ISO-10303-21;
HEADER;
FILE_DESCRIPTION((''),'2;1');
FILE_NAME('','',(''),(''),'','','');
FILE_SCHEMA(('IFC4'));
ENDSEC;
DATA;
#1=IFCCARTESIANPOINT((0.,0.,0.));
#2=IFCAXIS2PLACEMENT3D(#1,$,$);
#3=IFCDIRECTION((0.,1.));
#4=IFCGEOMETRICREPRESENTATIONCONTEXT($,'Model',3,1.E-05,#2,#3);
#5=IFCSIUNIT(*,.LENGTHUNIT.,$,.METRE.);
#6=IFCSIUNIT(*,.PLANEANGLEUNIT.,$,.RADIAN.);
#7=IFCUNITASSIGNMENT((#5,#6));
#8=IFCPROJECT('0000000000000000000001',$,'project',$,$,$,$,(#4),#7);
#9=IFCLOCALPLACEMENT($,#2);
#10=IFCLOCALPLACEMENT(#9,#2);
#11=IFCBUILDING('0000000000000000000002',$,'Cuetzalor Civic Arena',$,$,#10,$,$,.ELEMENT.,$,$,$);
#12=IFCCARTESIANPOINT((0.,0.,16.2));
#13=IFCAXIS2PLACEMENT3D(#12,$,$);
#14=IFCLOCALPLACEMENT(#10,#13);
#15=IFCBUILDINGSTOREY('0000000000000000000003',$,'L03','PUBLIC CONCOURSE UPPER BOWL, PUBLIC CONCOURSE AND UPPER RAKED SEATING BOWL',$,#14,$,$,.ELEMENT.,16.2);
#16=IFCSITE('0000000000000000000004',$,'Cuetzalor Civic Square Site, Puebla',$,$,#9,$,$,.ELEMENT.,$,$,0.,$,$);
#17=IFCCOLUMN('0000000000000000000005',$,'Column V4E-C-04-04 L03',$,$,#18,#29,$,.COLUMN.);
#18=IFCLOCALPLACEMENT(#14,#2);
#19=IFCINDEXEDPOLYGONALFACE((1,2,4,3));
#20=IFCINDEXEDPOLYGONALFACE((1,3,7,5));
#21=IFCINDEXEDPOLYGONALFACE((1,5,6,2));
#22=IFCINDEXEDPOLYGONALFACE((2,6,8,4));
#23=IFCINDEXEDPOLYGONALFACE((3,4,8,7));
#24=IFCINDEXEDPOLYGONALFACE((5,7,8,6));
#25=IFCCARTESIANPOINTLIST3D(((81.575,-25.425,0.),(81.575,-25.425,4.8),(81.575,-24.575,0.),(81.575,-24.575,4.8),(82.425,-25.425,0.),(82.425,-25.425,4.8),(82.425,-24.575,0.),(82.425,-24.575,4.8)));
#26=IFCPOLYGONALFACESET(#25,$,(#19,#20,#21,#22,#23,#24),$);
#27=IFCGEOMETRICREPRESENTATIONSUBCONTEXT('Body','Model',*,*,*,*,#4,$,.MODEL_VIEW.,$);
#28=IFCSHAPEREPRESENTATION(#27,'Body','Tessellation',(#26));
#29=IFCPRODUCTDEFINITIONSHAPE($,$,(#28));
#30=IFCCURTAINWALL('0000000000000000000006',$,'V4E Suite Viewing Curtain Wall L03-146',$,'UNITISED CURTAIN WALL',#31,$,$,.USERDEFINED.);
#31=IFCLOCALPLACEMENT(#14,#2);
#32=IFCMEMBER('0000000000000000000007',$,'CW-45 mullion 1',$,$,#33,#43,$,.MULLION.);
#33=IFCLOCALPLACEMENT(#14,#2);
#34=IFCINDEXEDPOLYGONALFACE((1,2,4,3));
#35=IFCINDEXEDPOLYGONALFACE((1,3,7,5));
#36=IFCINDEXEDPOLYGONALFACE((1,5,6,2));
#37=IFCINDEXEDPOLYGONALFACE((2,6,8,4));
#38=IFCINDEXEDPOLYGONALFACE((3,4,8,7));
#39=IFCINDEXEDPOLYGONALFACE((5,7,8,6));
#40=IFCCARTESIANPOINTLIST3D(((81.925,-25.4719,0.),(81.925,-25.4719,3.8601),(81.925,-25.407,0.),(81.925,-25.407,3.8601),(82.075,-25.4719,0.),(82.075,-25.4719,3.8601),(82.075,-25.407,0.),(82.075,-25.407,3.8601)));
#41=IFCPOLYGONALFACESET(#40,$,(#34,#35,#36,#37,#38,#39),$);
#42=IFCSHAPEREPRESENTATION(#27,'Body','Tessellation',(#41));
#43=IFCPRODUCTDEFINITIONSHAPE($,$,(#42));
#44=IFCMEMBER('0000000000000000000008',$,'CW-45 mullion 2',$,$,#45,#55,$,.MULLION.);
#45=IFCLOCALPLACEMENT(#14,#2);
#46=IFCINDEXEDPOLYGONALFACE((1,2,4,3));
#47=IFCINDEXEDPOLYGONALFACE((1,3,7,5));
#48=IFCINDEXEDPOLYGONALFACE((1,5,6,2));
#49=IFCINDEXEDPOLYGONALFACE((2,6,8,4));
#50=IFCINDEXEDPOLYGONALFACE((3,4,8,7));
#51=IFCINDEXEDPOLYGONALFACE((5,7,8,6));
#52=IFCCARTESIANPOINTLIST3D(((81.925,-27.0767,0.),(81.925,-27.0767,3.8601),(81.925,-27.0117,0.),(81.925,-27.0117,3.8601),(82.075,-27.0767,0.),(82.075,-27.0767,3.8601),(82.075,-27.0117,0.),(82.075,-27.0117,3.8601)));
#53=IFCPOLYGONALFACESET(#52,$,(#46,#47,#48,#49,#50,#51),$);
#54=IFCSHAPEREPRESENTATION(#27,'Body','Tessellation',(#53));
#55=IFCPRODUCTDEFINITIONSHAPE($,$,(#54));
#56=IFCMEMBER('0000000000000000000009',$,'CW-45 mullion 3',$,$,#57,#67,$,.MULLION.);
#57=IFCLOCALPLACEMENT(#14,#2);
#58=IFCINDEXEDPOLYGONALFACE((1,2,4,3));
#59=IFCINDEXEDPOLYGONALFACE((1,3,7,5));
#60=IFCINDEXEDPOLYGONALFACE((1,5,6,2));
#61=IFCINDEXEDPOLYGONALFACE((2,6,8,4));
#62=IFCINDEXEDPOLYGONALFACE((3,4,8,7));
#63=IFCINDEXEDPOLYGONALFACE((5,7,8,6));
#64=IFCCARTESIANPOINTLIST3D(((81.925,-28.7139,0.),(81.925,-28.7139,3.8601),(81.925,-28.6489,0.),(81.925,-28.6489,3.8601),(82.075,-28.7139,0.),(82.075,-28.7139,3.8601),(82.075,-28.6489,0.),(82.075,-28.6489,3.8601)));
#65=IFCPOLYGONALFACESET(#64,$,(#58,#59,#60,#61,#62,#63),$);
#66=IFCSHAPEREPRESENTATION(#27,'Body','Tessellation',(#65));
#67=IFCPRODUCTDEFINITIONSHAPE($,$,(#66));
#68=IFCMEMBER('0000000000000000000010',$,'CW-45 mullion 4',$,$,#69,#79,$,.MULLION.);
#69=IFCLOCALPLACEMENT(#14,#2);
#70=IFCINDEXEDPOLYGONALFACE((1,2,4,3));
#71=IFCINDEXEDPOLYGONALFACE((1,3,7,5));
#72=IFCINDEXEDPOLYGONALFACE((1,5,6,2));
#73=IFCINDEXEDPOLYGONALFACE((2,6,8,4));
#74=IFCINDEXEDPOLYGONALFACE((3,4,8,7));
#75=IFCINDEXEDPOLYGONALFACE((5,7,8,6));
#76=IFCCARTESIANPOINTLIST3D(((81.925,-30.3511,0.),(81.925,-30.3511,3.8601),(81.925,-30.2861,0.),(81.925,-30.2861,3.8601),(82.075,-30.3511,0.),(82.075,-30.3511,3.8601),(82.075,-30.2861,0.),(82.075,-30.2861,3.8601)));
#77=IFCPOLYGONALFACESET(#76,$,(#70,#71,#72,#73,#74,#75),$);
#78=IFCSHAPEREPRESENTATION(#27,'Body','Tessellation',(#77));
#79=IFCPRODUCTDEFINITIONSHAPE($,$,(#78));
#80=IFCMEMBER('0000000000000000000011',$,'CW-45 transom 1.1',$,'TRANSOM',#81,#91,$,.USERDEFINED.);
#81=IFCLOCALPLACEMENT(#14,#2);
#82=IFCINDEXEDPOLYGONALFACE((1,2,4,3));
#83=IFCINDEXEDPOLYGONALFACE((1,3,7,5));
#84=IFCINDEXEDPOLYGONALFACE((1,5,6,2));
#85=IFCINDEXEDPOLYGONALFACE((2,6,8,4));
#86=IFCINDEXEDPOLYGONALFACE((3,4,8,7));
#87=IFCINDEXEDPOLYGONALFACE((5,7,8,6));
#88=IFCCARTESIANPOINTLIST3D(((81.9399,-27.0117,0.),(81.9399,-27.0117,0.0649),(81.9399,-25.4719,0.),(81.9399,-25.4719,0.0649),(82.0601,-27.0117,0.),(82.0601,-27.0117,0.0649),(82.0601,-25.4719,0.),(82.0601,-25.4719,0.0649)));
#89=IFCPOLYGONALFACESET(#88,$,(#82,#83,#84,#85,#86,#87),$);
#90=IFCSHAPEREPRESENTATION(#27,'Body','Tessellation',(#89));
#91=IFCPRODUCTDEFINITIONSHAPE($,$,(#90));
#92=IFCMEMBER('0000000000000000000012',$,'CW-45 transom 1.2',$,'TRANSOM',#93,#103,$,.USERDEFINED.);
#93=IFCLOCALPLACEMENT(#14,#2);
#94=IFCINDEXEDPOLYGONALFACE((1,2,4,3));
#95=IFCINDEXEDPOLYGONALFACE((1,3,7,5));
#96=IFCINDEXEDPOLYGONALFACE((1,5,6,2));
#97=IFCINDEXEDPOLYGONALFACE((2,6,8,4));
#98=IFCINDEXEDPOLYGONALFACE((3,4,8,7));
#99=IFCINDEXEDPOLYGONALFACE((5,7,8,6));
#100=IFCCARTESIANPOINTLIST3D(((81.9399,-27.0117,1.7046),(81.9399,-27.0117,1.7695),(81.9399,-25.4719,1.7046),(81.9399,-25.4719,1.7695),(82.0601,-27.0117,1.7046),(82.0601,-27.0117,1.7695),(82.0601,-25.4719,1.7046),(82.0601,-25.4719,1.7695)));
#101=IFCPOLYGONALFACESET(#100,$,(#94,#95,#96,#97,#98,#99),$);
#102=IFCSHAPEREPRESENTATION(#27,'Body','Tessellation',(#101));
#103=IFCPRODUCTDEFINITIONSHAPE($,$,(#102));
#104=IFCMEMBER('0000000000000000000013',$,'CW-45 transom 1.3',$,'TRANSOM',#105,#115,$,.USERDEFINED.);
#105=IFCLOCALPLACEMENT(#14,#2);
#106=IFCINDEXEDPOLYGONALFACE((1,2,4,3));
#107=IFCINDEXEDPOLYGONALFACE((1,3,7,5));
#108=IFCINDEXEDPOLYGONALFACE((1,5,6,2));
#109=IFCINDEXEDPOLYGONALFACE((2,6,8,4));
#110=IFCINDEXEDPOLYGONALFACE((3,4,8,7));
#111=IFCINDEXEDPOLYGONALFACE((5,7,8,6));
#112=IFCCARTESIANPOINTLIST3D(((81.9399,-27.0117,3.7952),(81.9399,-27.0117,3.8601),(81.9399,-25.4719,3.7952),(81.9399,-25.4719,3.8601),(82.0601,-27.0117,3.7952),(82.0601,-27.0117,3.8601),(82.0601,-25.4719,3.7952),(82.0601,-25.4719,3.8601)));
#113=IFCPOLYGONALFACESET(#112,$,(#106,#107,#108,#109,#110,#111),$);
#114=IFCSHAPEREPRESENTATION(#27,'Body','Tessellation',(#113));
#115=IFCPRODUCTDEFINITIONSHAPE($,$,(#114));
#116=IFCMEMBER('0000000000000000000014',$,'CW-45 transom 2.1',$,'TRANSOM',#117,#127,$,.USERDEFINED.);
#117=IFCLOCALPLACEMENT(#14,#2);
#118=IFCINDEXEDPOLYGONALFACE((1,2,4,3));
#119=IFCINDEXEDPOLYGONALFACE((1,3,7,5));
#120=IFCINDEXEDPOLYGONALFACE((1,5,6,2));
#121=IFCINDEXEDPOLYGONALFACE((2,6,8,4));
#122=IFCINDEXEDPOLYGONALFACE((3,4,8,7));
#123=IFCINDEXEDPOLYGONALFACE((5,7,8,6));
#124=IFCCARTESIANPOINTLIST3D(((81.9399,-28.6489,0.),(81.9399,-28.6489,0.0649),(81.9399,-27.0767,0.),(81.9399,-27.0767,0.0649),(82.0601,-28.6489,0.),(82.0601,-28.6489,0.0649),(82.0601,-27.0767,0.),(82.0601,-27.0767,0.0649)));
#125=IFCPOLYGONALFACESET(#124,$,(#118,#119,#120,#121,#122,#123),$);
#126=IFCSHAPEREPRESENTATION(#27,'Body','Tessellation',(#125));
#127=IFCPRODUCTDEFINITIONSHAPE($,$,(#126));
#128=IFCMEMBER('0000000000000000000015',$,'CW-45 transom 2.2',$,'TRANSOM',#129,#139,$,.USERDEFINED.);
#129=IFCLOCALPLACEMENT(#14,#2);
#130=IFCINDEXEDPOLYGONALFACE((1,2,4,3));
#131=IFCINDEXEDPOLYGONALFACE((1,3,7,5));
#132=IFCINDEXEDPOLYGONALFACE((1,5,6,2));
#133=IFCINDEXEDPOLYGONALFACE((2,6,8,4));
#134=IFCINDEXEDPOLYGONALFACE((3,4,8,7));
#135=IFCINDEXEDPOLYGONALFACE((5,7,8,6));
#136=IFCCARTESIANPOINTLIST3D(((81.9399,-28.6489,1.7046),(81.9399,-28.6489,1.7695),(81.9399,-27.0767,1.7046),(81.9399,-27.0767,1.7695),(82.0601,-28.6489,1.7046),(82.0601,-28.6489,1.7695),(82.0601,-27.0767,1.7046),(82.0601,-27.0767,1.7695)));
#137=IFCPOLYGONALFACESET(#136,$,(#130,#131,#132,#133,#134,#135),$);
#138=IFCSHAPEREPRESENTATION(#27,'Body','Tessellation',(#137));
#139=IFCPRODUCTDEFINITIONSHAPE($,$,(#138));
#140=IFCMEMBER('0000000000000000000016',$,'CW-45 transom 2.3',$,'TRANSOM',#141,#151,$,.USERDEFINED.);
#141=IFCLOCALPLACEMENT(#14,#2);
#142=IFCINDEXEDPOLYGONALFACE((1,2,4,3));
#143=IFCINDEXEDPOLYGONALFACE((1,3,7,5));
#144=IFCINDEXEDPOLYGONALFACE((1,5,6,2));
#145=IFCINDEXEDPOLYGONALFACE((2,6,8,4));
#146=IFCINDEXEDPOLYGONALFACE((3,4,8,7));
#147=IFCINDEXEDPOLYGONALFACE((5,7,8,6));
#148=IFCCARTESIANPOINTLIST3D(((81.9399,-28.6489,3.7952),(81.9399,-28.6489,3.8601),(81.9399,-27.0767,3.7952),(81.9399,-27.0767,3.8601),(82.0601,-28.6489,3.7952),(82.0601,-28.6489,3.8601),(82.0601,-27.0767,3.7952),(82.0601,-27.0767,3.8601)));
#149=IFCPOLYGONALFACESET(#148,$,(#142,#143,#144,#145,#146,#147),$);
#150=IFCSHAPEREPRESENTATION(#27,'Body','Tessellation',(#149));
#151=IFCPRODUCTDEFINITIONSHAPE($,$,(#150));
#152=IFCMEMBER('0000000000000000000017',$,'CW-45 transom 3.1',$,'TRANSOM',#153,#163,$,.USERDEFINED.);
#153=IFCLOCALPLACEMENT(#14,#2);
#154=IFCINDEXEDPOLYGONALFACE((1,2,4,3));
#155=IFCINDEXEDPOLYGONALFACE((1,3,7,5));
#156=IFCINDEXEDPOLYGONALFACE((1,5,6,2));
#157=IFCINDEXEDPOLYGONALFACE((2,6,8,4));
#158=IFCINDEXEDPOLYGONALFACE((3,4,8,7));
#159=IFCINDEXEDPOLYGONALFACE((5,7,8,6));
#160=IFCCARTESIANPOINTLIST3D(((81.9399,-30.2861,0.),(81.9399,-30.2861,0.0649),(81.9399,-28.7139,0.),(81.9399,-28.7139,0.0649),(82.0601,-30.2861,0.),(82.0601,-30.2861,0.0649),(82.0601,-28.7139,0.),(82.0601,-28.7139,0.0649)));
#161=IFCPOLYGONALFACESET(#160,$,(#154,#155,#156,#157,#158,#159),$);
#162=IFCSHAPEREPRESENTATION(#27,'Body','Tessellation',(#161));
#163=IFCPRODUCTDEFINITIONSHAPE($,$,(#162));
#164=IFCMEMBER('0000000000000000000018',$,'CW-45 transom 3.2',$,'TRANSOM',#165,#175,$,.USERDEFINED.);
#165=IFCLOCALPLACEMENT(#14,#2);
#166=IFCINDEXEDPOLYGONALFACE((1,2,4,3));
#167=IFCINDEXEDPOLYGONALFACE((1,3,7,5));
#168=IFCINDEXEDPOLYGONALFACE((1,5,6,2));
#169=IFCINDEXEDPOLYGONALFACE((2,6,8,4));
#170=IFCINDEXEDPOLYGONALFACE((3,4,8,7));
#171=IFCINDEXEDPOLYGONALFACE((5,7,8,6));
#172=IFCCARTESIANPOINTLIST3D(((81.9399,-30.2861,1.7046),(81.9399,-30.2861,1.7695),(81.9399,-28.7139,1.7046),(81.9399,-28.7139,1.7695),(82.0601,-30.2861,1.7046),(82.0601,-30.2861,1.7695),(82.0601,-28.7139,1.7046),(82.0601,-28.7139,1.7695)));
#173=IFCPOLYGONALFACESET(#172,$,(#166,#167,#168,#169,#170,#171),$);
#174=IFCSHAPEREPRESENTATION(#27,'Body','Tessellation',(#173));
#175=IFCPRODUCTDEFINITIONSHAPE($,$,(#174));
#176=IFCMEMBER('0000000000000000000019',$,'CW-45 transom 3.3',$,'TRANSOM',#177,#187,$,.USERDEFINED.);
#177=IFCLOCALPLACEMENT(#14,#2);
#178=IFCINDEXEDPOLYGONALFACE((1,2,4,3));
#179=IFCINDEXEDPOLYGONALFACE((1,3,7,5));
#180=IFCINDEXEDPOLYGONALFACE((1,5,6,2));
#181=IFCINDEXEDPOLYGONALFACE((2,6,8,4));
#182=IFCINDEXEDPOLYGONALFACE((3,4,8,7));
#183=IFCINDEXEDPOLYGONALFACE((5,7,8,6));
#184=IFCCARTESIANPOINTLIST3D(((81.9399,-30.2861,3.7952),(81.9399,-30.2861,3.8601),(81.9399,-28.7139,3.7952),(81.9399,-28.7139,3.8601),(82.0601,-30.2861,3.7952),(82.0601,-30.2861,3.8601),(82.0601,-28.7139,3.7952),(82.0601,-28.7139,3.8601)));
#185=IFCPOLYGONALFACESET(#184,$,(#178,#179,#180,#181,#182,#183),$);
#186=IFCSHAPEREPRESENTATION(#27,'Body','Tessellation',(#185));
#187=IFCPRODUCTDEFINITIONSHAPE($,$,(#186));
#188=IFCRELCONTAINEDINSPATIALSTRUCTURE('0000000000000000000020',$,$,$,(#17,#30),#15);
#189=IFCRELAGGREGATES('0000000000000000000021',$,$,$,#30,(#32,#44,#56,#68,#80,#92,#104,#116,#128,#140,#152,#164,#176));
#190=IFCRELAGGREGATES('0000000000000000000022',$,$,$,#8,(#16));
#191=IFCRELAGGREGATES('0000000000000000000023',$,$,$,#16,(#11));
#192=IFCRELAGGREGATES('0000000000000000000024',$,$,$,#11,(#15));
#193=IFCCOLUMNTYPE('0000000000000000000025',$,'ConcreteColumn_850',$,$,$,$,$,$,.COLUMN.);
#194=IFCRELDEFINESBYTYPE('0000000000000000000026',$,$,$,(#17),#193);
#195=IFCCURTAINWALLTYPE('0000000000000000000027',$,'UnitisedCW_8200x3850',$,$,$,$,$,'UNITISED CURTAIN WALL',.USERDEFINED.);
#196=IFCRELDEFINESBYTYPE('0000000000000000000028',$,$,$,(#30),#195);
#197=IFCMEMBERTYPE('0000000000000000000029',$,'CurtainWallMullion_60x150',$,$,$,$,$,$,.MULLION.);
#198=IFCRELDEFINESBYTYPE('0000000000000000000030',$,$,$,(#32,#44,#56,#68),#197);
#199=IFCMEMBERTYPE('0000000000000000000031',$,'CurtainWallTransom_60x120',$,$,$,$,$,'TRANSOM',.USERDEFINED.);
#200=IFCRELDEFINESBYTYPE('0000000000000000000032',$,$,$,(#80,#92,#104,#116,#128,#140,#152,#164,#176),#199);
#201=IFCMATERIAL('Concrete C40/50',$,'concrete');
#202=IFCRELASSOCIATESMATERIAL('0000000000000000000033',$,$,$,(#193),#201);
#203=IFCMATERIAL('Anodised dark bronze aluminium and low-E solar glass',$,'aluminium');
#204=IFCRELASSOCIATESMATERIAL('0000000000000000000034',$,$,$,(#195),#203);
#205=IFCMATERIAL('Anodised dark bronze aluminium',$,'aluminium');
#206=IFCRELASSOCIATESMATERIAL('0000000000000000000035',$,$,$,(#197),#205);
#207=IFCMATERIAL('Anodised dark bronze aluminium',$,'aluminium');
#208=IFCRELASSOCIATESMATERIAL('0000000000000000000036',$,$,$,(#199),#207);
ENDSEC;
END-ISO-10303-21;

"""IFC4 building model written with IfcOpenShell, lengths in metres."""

from ifc_helpers import new_model, si_unit, direction, frame, origin, origin_2d, place, context, subcontext, project, spatial, rectangle, extrude, material, material_profile, profile_set, type_object, element, aggregate, save


model = new_model("IFC4")

# Units and contexts
model_context = context("Model", 3, precision=1e-05, world=origin(), true_north=direction((0.0, 1.0)))
body_context = subcontext(model_context, "Body", "Model", "MODEL_VIEW")
ifc_project = project(units=[si_unit("LENGTHUNIT", "METRE"), si_unit("PLANEANGLEUNIT", "RADIAN")], contexts=[model_context])

# Site, building, storey
site_placement = place(None, origin())
site = spatial("IfcSite", under=ifc_project, at=site_placement, Name="Cuetzalor Civic Square Site, Puebla", CompositionType="ELEMENT", RefElevation=0.0)
building_placement = place(site_placement, origin())
building = spatial("IfcBuilding", under=site, at=building_placement, Name="Cuetzalor Civic Arena", CompositionType="ELEMENT")
storey_placement = place(building_placement, frame((0.0, 0.0, 16.2)))
storey = spatial("IfcBuildingStorey", under=building, at=storey_placement, Name="L03", Description="PUBLIC CONCOURSE UPPER BOWL, PUBLIC CONCOURSE AND UPPER RAKED SEATING BOWL", CompositionType="ELEMENT", Elevation=16.2)

# Column
ifc_material_1 = material(Name="Concrete C40/50", Category="concrete")
ifc_material_profile_1 = material_profile(ifc_material_1, rectangle(XDim=0.8501, YDim=0.8501, at=origin_2d()), Name="RC 850x850")
ifc_profile_set_1 = profile_set([ifc_material_profile_1], Name="Concrete C40/50")
column_type = type_object("IfcColumnType", Name="ConcreteColumn_850", PredefinedType="COLUMN", material=ifc_profile_set_1)
column_placement = place(storey_placement, frame((82.0, -25.0, 0.0), z_axis=(0.0, 0.0, 1.0), x_axis=(1.0, 0.0, 0.0)))
element("IfcColumn", 1, at=column_placement, inside=storey, type_object=column_type, Name="Column V4E-C-04-04 L03", PredefinedType="COLUMN", context=body_context, shape_type="SweptSolid", body=[
    extrude(rectangle(XDim=0.8501, YDim=0.8501, at=origin_2d()), origin(), (0.0, 0.0, 1.0), 4.8),
])

# Curtain wall, members
ifc_material_2 = material(Name="Anodised dark bronze aluminium and low-E solar glass", Category="aluminium")
curtain_wall_type = type_object("IfcCurtainWallType", Name="UnitisedCW_8200x3850", ElementType="UNITISED CURTAIN WALL", PredefinedType="USERDEFINED", material=ifc_material_2)
curtain_wall_placement = place(storey_placement, origin())
curtain_wall = element("IfcCurtainWall", 2, at=curtain_wall_placement, inside=storey, type_object=curtain_wall_type, Name="V4E Suite Viewing Curtain Wall L03-146", ObjectType="UNITISED CURTAIN WALL", PredefinedType="USERDEFINED")
ifc_material_3 = material(Name="Anodised dark bronze aluminium", Category="aluminium")
ifc_material_profile_2 = material_profile(ifc_material_3, rectangle(XDim=0.0649, YDim=0.1499, at=origin_2d()), Name="ALU MULLION 65x150")
ifc_profile_set_2 = profile_set([ifc_material_profile_2], Name="Anodised dark bronze aluminium")
member_type_1 = type_object("IfcMemberType", Name="CurtainWallMullion_60x150", PredefinedType="MULLION", material=ifc_profile_set_2)
member_1_placement = place(storey_placement, frame((82.0, -25.4395, 0.0), z_axis=(0.0, 0.0, 1.0), x_axis=(0.0, -1.0, 0.0)))
member_1 = element("IfcMember", 3, at=member_1_placement, type_object=member_type_1, Name="CW-45 mullion 1", PredefinedType="MULLION", context=body_context, shape_type="SweptSolid", body=[
    extrude(rectangle(XDim=0.0649, YDim=0.1499, at=origin_2d()), origin(), (0.0, 0.0, 1.0), 3.8601),
])
member_2_placement = place(storey_placement, frame((82.0, -27.0442, 0.0), z_axis=(0.0, 0.0, 1.0), x_axis=(0.0, -1.0, 0.0)))
member_2 = element("IfcMember", 4, at=member_2_placement, type_object=member_type_1, Name="CW-45 mullion 2", PredefinedType="MULLION", context=body_context, shape_type="SweptSolid", body=[
    extrude(rectangle(XDim=0.0649, YDim=0.1499, at=origin_2d()), origin(), (0.0, 0.0, 1.0), 3.8601),
])
member_3_placement = place(storey_placement, frame((82.0, -28.6814, 0.0), z_axis=(0.0, 0.0, 1.0), x_axis=(0.0, -1.0, 0.0)))
member_3 = element("IfcMember", 5, at=member_3_placement, type_object=member_type_1, Name="CW-45 mullion 3", PredefinedType="MULLION", context=body_context, shape_type="SweptSolid", body=[
    extrude(rectangle(XDim=0.0649, YDim=0.1499, at=origin_2d()), origin(), (0.0, 0.0, 1.0), 3.8601),
])
member_4_placement = place(storey_placement, frame((82.0, -30.3186, 0.0), z_axis=(0.0, 0.0, 1.0), x_axis=(0.0, -1.0, 0.0)))
member_4 = element("IfcMember", 6, at=member_4_placement, type_object=member_type_1, Name="CW-45 mullion 4", PredefinedType="MULLION", context=body_context, shape_type="SweptSolid", body=[
    extrude(rectangle(XDim=0.0649, YDim=0.1499, at=origin_2d()), origin(), (0.0, 0.0, 1.0), 3.8601),
])
ifc_material_4 = material(Name="Anodised dark bronze aluminium", Category="aluminium")
ifc_material_profile_3 = material_profile(ifc_material_4, rectangle(XDim=0.1201, YDim=0.0649, at=origin_2d()), Name="ALU TRANSOM 65x120")
ifc_profile_set_3 = profile_set([ifc_material_profile_3], Name="Anodised dark bronze aluminium")
member_type_2 = type_object("IfcMemberType", Name="CurtainWallTransom_60x120", ElementType="TRANSOM", PredefinedType="USERDEFINED", material=ifc_profile_set_3)
member_5_placement = place(storey_placement, frame((82.0, -25.4719, 0.0325), z_axis=(0.0, -1.0, 0.0), x_axis=(1.0, 0.0, 0.0)))
member_5 = element("IfcMember", 7, at=member_5_placement, type_object=member_type_2, Name="CW-45 transom 1.1", ObjectType="TRANSOM", PredefinedType="USERDEFINED", context=body_context, shape_type="SweptSolid", body=[
    extrude(rectangle(XDim=0.1201, YDim=0.0649, at=origin_2d()), origin(), (0.0, 0.0, 1.0), 1.5398),
])
member_6_placement = place(storey_placement, frame((82.0, -25.4719, 1.7371), z_axis=(0.0, -1.0, 0.0), x_axis=(1.0, 0.0, 0.0)))
member_6 = element("IfcMember", 8, at=member_6_placement, type_object=member_type_2, Name="CW-45 transom 1.2", ObjectType="TRANSOM", PredefinedType="USERDEFINED", context=body_context, shape_type="SweptSolid", body=[
    extrude(rectangle(XDim=0.1201, YDim=0.0649, at=origin_2d()), origin(), (0.0, 0.0, 1.0), 1.5398),
])
member_7_placement = place(storey_placement, frame((82.0, -25.4719, 3.8276), z_axis=(0.0, -1.0, 0.0), x_axis=(1.0, 0.0, 0.0)))
member_7 = element("IfcMember", 9, at=member_7_placement, type_object=member_type_2, Name="CW-45 transom 1.3", ObjectType="TRANSOM", PredefinedType="USERDEFINED", context=body_context, shape_type="SweptSolid", body=[
    extrude(rectangle(XDim=0.1201, YDim=0.0649, at=origin_2d()), origin(), (0.0, 0.0, 1.0), 1.5398),
])
member_8_placement = place(storey_placement, frame((82.0, -27.0767, 0.0325), z_axis=(0.0, -1.0, 0.0), x_axis=(1.0, 0.0, 0.0)))
member_8 = element("IfcMember", 10, at=member_8_placement, type_object=member_type_2, Name="CW-45 transom 2.1", ObjectType="TRANSOM", PredefinedType="USERDEFINED", context=body_context, shape_type="SweptSolid", body=[
    extrude(rectangle(XDim=0.1201, YDim=0.0649, at=origin_2d()), origin(), (0.0, 0.0, 1.0), 1.5723),
])
member_9_placement = place(storey_placement, frame((82.0, -27.0767, 1.7371), z_axis=(0.0, -1.0, 0.0), x_axis=(1.0, 0.0, 0.0)))
member_9 = element("IfcMember", 11, at=member_9_placement, type_object=member_type_2, Name="CW-45 transom 2.2", ObjectType="TRANSOM", PredefinedType="USERDEFINED", context=body_context, shape_type="SweptSolid", body=[
    extrude(rectangle(XDim=0.1201, YDim=0.0649, at=origin_2d()), origin(), (0.0, 0.0, 1.0), 1.5723),
])
member_10_placement = place(storey_placement, frame((82.0, -27.0767, 3.8276), z_axis=(0.0, -1.0, 0.0), x_axis=(1.0, 0.0, 0.0)))
member_10 = element("IfcMember", 12, at=member_10_placement, type_object=member_type_2, Name="CW-45 transom 2.3", ObjectType="TRANSOM", PredefinedType="USERDEFINED", context=body_context, shape_type="SweptSolid", body=[
    extrude(rectangle(XDim=0.1201, YDim=0.0649, at=origin_2d()), origin(), (0.0, 0.0, 1.0), 1.5723),
])
member_11_placement = place(storey_placement, frame((82.0, -28.7139, 0.0325), z_axis=(0.0, -1.0, 0.0), x_axis=(1.0, 0.0, 0.0)))
member_11 = element("IfcMember", 13, at=member_11_placement, type_object=member_type_2, Name="CW-45 transom 3.1", ObjectType="TRANSOM", PredefinedType="USERDEFINED", context=body_context, shape_type="SweptSolid", body=[
    extrude(rectangle(XDim=0.1201, YDim=0.0649, at=origin_2d()), origin(), (0.0, 0.0, 1.0), 1.5723),
])
member_12_placement = place(storey_placement, frame((82.0, -28.7139, 1.7371), z_axis=(0.0, -1.0, 0.0), x_axis=(1.0, 0.0, 0.0)))
member_12 = element("IfcMember", 14, at=member_12_placement, type_object=member_type_2, Name="CW-45 transom 3.2", ObjectType="TRANSOM", PredefinedType="USERDEFINED", context=body_context, shape_type="SweptSolid", body=[
    extrude(rectangle(XDim=0.1201, YDim=0.0649, at=origin_2d()), origin(), (0.0, 0.0, 1.0), 1.5723),
])
member_13_placement = place(storey_placement, frame((82.0, -28.7139, 3.8276), z_axis=(0.0, -1.0, 0.0), x_axis=(1.0, 0.0, 0.0)))
member_13 = element("IfcMember", 15, at=member_13_placement, type_object=member_type_2, Name="CW-45 transom 3.3", ObjectType="TRANSOM", PredefinedType="USERDEFINED", context=body_context, shape_type="SweptSolid", body=[
    extrude(rectangle(XDim=0.1201, YDim=0.0649, at=origin_2d()), origin(), (0.0, 0.0, 1.0), 1.5723),
])
aggregate(curtain_wall, [member_1, member_2, member_3, member_4, member_5, member_6, member_7, member_8, member_9, member_10, member_11, member_12, member_13])

save(model, "model.ifc")
